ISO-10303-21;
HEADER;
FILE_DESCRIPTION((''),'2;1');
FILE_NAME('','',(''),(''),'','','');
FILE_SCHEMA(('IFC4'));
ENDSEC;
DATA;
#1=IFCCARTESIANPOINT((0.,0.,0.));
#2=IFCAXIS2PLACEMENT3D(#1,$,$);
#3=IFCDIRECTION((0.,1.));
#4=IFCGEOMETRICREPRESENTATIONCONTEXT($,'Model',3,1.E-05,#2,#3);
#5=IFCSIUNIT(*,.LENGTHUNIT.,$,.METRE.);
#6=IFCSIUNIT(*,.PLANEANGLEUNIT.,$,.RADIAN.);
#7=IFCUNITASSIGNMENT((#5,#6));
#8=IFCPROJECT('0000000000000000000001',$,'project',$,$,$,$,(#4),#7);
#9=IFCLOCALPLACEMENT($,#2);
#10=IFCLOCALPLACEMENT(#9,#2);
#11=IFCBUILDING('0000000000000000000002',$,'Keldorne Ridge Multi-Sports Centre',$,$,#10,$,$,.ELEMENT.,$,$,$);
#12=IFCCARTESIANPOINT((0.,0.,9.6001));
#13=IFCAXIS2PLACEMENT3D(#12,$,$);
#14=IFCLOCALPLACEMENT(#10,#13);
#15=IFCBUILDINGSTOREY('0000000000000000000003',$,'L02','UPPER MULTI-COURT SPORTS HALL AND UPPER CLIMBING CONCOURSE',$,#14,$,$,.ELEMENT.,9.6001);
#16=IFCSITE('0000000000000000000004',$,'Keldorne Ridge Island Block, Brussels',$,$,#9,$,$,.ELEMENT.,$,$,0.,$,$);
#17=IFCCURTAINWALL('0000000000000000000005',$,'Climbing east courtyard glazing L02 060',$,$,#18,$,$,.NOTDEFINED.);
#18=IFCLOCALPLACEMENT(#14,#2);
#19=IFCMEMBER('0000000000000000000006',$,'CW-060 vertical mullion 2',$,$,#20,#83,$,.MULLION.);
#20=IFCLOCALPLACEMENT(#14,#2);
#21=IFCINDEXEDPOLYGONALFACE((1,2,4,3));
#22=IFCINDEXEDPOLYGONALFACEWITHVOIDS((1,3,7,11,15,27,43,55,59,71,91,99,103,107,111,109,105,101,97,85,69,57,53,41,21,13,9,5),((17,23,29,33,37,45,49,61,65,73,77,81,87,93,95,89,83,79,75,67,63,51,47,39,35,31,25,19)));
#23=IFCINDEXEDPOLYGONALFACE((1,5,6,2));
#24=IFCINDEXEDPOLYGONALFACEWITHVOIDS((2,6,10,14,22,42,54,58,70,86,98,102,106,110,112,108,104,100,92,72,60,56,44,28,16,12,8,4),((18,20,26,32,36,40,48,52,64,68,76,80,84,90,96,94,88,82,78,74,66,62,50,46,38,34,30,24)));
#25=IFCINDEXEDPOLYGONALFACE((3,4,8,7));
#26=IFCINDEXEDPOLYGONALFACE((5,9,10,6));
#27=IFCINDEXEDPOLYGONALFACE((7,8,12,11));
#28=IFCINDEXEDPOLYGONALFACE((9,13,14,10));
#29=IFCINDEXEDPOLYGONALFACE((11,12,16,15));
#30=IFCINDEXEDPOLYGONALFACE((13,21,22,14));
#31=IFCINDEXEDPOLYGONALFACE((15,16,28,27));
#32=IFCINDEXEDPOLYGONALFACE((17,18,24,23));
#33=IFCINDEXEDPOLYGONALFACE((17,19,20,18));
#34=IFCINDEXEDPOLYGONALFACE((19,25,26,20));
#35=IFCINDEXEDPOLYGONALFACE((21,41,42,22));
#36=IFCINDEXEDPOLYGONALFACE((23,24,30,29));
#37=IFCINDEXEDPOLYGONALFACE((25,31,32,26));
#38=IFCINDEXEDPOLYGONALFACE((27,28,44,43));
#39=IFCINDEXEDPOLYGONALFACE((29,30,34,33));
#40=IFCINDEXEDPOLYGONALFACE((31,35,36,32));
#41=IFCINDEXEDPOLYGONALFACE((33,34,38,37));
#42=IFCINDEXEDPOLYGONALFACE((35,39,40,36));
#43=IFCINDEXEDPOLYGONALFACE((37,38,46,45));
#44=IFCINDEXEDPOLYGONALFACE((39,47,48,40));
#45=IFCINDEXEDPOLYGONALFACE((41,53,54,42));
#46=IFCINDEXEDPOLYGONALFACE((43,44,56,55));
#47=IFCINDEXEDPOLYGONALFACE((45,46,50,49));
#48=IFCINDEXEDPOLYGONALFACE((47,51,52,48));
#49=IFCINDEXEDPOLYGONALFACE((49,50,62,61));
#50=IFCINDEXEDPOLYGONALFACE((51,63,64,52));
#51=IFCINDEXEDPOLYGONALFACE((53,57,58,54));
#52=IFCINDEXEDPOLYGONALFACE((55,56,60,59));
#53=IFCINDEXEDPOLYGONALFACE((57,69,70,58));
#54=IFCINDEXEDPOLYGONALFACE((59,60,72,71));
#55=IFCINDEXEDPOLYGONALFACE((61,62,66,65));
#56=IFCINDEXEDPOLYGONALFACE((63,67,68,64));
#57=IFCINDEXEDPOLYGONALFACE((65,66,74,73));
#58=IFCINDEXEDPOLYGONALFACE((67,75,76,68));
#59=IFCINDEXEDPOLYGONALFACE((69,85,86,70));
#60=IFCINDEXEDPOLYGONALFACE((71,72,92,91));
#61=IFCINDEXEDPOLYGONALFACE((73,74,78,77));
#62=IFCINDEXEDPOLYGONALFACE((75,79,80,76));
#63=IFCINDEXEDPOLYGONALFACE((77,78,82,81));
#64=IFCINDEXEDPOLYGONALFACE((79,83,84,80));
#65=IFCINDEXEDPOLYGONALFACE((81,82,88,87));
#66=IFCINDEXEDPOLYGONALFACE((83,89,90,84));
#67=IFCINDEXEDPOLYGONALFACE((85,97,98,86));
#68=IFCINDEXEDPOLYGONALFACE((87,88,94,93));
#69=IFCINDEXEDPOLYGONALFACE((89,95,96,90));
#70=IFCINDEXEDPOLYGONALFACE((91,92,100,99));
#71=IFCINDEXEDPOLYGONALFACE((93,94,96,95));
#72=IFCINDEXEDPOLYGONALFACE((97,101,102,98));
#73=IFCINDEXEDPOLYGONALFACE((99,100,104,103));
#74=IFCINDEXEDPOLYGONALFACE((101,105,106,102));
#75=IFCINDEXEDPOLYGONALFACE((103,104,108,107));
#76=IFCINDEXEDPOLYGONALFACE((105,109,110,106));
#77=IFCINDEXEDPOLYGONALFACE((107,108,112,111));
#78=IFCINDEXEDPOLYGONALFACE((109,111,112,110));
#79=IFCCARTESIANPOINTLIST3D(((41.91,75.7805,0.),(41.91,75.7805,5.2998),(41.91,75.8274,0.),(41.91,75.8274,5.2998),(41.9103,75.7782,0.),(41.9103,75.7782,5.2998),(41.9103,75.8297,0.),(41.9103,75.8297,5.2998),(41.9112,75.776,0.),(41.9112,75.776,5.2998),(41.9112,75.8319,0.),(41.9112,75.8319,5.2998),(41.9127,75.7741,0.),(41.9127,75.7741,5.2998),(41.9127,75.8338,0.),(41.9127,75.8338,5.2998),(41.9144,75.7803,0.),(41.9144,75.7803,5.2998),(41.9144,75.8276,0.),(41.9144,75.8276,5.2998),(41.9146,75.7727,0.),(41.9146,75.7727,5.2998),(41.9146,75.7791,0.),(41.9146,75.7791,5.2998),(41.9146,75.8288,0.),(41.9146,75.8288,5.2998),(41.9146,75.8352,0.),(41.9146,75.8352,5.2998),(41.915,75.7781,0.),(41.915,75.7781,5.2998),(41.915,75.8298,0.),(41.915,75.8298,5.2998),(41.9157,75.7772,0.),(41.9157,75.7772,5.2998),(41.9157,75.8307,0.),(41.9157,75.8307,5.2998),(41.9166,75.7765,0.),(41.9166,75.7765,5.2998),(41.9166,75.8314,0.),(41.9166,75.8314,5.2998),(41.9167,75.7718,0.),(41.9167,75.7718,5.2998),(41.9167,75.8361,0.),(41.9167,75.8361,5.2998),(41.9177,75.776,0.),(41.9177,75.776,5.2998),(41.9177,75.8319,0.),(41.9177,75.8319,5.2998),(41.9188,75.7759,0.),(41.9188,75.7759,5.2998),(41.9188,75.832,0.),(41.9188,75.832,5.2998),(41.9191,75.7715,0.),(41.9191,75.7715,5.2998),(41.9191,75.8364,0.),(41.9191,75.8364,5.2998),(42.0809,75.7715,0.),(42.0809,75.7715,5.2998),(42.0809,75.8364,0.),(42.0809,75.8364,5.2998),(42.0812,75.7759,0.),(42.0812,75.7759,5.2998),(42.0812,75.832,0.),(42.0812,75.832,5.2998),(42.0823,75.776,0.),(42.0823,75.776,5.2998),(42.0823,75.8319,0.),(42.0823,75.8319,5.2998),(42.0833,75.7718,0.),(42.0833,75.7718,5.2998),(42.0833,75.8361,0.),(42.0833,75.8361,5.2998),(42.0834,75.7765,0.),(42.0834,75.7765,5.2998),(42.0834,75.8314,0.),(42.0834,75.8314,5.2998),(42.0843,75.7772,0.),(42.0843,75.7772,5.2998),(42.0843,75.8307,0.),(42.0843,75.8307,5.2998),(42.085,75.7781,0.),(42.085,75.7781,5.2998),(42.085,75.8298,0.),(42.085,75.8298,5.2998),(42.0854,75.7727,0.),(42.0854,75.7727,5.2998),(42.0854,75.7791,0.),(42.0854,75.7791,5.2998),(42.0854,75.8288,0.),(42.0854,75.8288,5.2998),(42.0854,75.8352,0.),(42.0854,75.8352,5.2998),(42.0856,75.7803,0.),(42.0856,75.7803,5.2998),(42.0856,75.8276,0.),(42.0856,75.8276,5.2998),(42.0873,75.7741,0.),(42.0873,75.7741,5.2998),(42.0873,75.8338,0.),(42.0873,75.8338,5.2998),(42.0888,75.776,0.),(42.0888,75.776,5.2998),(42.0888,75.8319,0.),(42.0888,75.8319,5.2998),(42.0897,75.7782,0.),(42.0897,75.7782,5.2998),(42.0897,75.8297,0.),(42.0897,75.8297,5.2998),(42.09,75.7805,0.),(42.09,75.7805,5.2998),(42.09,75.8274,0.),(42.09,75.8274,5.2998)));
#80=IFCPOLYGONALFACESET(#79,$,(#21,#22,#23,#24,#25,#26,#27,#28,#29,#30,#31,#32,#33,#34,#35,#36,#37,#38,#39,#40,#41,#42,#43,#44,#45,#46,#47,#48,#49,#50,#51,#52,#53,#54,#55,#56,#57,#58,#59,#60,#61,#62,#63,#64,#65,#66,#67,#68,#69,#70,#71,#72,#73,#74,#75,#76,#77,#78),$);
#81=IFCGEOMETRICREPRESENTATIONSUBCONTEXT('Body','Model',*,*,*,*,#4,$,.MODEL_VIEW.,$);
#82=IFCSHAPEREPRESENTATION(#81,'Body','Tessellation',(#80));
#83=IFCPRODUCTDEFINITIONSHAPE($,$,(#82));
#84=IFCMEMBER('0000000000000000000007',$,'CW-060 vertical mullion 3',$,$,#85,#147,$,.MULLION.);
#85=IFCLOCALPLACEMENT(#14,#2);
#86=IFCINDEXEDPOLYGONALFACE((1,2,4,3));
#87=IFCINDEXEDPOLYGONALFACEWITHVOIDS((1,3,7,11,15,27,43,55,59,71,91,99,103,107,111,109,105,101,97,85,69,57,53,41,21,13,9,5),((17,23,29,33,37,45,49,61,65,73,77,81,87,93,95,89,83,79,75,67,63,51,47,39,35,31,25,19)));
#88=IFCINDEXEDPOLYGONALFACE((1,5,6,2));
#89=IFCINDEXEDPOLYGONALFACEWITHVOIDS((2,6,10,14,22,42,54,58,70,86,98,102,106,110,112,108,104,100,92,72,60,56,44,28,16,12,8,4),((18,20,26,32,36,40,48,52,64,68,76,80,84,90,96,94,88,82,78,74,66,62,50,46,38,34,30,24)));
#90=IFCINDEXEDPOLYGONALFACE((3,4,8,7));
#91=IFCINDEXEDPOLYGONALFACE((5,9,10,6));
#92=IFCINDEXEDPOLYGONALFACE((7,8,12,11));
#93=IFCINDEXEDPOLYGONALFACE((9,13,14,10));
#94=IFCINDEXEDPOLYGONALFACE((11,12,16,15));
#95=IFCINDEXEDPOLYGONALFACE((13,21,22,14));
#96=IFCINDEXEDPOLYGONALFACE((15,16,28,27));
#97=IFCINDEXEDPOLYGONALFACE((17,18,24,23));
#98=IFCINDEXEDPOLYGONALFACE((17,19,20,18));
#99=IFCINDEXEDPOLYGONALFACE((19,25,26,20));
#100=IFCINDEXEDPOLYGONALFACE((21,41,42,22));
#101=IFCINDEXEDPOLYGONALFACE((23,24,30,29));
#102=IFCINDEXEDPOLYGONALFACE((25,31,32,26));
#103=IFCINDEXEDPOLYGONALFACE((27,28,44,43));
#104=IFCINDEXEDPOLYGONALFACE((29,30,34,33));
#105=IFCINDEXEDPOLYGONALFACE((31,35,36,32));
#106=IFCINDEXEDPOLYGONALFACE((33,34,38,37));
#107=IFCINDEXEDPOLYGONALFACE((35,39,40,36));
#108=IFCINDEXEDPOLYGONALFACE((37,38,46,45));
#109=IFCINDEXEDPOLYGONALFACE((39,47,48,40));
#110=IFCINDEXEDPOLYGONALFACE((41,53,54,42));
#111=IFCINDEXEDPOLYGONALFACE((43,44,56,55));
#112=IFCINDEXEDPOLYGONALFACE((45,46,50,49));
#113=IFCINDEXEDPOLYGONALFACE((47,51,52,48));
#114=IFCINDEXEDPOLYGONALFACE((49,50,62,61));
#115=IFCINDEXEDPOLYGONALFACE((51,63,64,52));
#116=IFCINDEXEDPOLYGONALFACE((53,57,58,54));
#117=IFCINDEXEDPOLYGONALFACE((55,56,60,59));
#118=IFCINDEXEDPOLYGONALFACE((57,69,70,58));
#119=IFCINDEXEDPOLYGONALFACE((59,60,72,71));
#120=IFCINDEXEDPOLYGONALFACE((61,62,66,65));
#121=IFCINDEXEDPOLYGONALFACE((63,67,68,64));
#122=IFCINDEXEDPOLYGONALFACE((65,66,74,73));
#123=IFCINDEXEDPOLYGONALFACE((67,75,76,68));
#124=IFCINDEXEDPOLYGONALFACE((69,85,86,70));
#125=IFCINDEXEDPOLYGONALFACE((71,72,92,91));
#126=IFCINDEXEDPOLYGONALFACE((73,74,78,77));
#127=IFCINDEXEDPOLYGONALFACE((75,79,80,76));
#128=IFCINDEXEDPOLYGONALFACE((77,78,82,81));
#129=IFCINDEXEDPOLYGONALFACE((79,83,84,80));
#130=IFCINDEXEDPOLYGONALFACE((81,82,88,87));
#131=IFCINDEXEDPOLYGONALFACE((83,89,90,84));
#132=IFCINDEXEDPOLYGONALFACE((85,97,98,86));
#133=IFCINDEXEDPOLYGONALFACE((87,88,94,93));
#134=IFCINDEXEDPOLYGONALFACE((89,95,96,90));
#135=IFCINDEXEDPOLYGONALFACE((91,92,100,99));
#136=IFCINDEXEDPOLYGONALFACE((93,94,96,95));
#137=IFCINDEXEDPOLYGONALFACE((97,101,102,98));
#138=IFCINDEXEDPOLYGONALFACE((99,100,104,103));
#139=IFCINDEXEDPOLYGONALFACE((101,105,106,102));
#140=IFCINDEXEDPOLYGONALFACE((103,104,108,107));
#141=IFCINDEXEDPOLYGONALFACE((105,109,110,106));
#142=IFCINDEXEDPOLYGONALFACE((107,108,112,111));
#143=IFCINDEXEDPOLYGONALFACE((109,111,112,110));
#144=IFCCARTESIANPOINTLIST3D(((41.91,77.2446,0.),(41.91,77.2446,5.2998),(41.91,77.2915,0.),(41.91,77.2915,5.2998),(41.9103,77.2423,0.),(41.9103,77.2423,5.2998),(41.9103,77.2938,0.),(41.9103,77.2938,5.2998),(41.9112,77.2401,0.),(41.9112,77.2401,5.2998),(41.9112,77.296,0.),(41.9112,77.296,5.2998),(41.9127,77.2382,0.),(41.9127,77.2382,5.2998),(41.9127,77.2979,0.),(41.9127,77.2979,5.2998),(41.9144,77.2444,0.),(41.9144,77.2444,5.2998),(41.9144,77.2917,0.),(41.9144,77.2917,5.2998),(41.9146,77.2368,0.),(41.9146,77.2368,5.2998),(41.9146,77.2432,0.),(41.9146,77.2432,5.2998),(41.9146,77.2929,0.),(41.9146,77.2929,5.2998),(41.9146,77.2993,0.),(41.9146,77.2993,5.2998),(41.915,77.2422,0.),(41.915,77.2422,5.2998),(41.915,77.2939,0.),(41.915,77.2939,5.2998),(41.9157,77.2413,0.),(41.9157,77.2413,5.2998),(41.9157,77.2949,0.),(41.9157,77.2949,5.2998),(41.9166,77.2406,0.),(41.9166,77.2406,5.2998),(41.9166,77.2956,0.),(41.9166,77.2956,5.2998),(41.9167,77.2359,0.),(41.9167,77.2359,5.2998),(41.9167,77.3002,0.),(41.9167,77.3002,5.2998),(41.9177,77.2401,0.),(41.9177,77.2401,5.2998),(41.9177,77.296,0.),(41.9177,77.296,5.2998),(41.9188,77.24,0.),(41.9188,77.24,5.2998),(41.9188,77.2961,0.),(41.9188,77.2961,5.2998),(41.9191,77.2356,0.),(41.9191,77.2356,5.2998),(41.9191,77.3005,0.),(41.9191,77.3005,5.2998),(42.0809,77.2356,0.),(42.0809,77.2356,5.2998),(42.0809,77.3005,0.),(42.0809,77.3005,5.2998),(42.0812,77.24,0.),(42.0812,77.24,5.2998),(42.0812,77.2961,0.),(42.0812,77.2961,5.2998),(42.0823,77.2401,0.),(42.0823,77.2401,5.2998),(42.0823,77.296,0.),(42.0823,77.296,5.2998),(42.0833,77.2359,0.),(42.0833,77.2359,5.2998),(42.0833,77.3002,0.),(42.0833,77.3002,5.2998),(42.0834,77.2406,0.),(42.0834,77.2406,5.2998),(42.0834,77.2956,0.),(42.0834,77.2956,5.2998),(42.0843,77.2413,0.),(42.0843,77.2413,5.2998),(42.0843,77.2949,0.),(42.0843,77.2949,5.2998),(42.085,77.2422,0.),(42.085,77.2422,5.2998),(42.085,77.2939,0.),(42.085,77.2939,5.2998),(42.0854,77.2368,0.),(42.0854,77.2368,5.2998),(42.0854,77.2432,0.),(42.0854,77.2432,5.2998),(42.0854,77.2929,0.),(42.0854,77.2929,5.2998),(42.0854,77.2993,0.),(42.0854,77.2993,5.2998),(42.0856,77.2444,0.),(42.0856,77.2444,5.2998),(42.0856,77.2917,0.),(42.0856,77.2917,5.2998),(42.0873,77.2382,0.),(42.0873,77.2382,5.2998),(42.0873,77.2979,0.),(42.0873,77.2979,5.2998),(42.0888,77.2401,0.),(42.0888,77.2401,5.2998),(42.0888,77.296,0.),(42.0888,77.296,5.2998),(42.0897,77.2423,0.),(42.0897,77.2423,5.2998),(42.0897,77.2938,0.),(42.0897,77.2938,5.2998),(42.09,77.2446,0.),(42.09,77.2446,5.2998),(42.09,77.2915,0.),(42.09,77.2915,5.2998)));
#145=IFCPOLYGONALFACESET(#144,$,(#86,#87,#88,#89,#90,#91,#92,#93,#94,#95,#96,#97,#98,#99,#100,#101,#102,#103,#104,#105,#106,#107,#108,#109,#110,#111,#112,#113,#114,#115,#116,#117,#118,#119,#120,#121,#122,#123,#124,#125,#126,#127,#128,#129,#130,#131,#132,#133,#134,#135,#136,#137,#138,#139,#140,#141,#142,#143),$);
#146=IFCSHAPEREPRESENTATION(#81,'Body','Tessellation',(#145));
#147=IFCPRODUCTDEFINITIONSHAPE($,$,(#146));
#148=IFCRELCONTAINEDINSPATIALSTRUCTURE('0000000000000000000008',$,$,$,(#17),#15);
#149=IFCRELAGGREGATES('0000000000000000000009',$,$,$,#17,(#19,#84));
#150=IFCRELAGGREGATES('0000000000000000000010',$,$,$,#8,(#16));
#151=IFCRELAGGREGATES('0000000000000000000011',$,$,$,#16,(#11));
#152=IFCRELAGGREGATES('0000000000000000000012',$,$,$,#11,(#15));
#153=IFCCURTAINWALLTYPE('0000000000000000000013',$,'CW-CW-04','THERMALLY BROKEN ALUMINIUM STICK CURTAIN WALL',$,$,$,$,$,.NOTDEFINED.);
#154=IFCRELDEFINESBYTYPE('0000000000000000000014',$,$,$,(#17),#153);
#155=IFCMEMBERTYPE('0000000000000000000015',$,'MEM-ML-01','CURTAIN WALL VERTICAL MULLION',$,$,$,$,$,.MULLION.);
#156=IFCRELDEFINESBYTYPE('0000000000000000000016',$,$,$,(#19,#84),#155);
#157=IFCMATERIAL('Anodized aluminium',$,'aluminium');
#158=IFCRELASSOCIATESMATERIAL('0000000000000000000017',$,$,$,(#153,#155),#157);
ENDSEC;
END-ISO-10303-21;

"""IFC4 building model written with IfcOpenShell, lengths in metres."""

from ifc_helpers import new_model, si_unit, direction, frame, origin, origin_2d, place, context, subcontext, project, spatial, hollow_rectangle, extrude, material, material_profile, profile_set, type_object, element, aggregate, save


model = new_model("IFC4")

# Units and contexts
model_context = context("Model", 3, precision=1e-05, world=origin(), true_north=direction((0.0, 1.0)))
body_context = subcontext(model_context, "Body", "Model", "MODEL_VIEW")
ifc_project = project(units=[si_unit("LENGTHUNIT", "METRE"), si_unit("PLANEANGLEUNIT", "RADIAN")], contexts=[model_context])

# Site, building, storey
site_placement = place(None, origin())
site = spatial("IfcSite", under=ifc_project, at=site_placement, Name="Keldorne Ridge Island Block, Brussels", CompositionType="ELEMENT", RefElevation=0.0)
building_placement = place(site_placement, origin())
building = spatial("IfcBuilding", under=site, at=building_placement, Name="Keldorne Ridge Multi-Sports Centre", CompositionType="ELEMENT")
storey_placement = place(building_placement, frame((0.0, 0.0, 9.6001)))
storey = spatial("IfcBuildingStorey", under=building, at=storey_placement, Name="L02", Description="UPPER MULTI-COURT SPORTS HALL AND UPPER CLIMBING CONCOURSE", CompositionType="ELEMENT", Elevation=9.6001)

# Curtain wall, members
ifc_material_1 = material(Name="Anodized aluminium", Category="aluminium")
curtain_wall_type = type_object("IfcCurtainWallType", Name="CW-CW-04", Description="THERMALLY BROKEN ALUMINIUM STICK CURTAIN WALL", PredefinedType="NOTDEFINED", material=ifc_material_1)
curtain_wall_placement = place(storey_placement, origin())
curtain_wall = element("IfcCurtainWall", 1, at=curtain_wall_placement, inside=storey, type_object=curtain_wall_type, Name="Climbing east courtyard glazing L02 060", PredefinedType="NOTDEFINED")
ifc_material_profile_1 = material_profile(ifc_material_1, hollow_rectangle(XDim=0.0649, YDim=0.1799, WallThickness=0.0044, InnerFilletRadius=0.0044, OuterFilletRadius=0.009, at=origin_2d()), Name="ALU MULLION 180x65x4.5")
ifc_profile_set_1 = profile_set([ifc_material_profile_1], Name="Anodized aluminium")
member_type_1 = type_object("IfcMemberType", Name="MEM-ML-01", Description="CURTAIN WALL VERTICAL MULLION", PredefinedType="MULLION", material=ifc_profile_set_1)
member_1_placement = place(storey_placement, frame((42.0, 75.804, 0.0), z_axis=(0.0, 0.0, 1.0), x_axis=(0.0, 1.0, 0.0)))
member_1 = element("IfcMember", 2, at=member_1_placement, type_object=member_type_1, Name="CW-060 vertical mullion 2", PredefinedType="MULLION", context=body_context, shape_type="SweptSolid", body=[
    extrude(hollow_rectangle(XDim=0.0649, YDim=0.1799, WallThickness=0.0044, InnerFilletRadius=0.0044, OuterFilletRadius=0.009, at=origin_2d()), origin(), (0.0, 0.0, 1.0), 5.2998),
])
member_2_placement = place(storey_placement, frame((42.0, 77.2681, 0.0), z_axis=(0.0, 0.0, 1.0), x_axis=(0.0, 1.0, 0.0)))
member_2 = element("IfcMember", 3, at=member_2_placement, type_object=member_type_1, Name="CW-060 vertical mullion 3", PredefinedType="MULLION", context=body_context, shape_type="SweptSolid", body=[
    extrude(hollow_rectangle(XDim=0.0649, YDim=0.1799, WallThickness=0.0044, InnerFilletRadius=0.0044, OuterFilletRadius=0.009, at=origin_2d()), origin(), (0.0, 0.0, 1.0), 5.2998),
])
aggregate(curtain_wall, [member_1, member_2])

save(model, "model.ifc")
